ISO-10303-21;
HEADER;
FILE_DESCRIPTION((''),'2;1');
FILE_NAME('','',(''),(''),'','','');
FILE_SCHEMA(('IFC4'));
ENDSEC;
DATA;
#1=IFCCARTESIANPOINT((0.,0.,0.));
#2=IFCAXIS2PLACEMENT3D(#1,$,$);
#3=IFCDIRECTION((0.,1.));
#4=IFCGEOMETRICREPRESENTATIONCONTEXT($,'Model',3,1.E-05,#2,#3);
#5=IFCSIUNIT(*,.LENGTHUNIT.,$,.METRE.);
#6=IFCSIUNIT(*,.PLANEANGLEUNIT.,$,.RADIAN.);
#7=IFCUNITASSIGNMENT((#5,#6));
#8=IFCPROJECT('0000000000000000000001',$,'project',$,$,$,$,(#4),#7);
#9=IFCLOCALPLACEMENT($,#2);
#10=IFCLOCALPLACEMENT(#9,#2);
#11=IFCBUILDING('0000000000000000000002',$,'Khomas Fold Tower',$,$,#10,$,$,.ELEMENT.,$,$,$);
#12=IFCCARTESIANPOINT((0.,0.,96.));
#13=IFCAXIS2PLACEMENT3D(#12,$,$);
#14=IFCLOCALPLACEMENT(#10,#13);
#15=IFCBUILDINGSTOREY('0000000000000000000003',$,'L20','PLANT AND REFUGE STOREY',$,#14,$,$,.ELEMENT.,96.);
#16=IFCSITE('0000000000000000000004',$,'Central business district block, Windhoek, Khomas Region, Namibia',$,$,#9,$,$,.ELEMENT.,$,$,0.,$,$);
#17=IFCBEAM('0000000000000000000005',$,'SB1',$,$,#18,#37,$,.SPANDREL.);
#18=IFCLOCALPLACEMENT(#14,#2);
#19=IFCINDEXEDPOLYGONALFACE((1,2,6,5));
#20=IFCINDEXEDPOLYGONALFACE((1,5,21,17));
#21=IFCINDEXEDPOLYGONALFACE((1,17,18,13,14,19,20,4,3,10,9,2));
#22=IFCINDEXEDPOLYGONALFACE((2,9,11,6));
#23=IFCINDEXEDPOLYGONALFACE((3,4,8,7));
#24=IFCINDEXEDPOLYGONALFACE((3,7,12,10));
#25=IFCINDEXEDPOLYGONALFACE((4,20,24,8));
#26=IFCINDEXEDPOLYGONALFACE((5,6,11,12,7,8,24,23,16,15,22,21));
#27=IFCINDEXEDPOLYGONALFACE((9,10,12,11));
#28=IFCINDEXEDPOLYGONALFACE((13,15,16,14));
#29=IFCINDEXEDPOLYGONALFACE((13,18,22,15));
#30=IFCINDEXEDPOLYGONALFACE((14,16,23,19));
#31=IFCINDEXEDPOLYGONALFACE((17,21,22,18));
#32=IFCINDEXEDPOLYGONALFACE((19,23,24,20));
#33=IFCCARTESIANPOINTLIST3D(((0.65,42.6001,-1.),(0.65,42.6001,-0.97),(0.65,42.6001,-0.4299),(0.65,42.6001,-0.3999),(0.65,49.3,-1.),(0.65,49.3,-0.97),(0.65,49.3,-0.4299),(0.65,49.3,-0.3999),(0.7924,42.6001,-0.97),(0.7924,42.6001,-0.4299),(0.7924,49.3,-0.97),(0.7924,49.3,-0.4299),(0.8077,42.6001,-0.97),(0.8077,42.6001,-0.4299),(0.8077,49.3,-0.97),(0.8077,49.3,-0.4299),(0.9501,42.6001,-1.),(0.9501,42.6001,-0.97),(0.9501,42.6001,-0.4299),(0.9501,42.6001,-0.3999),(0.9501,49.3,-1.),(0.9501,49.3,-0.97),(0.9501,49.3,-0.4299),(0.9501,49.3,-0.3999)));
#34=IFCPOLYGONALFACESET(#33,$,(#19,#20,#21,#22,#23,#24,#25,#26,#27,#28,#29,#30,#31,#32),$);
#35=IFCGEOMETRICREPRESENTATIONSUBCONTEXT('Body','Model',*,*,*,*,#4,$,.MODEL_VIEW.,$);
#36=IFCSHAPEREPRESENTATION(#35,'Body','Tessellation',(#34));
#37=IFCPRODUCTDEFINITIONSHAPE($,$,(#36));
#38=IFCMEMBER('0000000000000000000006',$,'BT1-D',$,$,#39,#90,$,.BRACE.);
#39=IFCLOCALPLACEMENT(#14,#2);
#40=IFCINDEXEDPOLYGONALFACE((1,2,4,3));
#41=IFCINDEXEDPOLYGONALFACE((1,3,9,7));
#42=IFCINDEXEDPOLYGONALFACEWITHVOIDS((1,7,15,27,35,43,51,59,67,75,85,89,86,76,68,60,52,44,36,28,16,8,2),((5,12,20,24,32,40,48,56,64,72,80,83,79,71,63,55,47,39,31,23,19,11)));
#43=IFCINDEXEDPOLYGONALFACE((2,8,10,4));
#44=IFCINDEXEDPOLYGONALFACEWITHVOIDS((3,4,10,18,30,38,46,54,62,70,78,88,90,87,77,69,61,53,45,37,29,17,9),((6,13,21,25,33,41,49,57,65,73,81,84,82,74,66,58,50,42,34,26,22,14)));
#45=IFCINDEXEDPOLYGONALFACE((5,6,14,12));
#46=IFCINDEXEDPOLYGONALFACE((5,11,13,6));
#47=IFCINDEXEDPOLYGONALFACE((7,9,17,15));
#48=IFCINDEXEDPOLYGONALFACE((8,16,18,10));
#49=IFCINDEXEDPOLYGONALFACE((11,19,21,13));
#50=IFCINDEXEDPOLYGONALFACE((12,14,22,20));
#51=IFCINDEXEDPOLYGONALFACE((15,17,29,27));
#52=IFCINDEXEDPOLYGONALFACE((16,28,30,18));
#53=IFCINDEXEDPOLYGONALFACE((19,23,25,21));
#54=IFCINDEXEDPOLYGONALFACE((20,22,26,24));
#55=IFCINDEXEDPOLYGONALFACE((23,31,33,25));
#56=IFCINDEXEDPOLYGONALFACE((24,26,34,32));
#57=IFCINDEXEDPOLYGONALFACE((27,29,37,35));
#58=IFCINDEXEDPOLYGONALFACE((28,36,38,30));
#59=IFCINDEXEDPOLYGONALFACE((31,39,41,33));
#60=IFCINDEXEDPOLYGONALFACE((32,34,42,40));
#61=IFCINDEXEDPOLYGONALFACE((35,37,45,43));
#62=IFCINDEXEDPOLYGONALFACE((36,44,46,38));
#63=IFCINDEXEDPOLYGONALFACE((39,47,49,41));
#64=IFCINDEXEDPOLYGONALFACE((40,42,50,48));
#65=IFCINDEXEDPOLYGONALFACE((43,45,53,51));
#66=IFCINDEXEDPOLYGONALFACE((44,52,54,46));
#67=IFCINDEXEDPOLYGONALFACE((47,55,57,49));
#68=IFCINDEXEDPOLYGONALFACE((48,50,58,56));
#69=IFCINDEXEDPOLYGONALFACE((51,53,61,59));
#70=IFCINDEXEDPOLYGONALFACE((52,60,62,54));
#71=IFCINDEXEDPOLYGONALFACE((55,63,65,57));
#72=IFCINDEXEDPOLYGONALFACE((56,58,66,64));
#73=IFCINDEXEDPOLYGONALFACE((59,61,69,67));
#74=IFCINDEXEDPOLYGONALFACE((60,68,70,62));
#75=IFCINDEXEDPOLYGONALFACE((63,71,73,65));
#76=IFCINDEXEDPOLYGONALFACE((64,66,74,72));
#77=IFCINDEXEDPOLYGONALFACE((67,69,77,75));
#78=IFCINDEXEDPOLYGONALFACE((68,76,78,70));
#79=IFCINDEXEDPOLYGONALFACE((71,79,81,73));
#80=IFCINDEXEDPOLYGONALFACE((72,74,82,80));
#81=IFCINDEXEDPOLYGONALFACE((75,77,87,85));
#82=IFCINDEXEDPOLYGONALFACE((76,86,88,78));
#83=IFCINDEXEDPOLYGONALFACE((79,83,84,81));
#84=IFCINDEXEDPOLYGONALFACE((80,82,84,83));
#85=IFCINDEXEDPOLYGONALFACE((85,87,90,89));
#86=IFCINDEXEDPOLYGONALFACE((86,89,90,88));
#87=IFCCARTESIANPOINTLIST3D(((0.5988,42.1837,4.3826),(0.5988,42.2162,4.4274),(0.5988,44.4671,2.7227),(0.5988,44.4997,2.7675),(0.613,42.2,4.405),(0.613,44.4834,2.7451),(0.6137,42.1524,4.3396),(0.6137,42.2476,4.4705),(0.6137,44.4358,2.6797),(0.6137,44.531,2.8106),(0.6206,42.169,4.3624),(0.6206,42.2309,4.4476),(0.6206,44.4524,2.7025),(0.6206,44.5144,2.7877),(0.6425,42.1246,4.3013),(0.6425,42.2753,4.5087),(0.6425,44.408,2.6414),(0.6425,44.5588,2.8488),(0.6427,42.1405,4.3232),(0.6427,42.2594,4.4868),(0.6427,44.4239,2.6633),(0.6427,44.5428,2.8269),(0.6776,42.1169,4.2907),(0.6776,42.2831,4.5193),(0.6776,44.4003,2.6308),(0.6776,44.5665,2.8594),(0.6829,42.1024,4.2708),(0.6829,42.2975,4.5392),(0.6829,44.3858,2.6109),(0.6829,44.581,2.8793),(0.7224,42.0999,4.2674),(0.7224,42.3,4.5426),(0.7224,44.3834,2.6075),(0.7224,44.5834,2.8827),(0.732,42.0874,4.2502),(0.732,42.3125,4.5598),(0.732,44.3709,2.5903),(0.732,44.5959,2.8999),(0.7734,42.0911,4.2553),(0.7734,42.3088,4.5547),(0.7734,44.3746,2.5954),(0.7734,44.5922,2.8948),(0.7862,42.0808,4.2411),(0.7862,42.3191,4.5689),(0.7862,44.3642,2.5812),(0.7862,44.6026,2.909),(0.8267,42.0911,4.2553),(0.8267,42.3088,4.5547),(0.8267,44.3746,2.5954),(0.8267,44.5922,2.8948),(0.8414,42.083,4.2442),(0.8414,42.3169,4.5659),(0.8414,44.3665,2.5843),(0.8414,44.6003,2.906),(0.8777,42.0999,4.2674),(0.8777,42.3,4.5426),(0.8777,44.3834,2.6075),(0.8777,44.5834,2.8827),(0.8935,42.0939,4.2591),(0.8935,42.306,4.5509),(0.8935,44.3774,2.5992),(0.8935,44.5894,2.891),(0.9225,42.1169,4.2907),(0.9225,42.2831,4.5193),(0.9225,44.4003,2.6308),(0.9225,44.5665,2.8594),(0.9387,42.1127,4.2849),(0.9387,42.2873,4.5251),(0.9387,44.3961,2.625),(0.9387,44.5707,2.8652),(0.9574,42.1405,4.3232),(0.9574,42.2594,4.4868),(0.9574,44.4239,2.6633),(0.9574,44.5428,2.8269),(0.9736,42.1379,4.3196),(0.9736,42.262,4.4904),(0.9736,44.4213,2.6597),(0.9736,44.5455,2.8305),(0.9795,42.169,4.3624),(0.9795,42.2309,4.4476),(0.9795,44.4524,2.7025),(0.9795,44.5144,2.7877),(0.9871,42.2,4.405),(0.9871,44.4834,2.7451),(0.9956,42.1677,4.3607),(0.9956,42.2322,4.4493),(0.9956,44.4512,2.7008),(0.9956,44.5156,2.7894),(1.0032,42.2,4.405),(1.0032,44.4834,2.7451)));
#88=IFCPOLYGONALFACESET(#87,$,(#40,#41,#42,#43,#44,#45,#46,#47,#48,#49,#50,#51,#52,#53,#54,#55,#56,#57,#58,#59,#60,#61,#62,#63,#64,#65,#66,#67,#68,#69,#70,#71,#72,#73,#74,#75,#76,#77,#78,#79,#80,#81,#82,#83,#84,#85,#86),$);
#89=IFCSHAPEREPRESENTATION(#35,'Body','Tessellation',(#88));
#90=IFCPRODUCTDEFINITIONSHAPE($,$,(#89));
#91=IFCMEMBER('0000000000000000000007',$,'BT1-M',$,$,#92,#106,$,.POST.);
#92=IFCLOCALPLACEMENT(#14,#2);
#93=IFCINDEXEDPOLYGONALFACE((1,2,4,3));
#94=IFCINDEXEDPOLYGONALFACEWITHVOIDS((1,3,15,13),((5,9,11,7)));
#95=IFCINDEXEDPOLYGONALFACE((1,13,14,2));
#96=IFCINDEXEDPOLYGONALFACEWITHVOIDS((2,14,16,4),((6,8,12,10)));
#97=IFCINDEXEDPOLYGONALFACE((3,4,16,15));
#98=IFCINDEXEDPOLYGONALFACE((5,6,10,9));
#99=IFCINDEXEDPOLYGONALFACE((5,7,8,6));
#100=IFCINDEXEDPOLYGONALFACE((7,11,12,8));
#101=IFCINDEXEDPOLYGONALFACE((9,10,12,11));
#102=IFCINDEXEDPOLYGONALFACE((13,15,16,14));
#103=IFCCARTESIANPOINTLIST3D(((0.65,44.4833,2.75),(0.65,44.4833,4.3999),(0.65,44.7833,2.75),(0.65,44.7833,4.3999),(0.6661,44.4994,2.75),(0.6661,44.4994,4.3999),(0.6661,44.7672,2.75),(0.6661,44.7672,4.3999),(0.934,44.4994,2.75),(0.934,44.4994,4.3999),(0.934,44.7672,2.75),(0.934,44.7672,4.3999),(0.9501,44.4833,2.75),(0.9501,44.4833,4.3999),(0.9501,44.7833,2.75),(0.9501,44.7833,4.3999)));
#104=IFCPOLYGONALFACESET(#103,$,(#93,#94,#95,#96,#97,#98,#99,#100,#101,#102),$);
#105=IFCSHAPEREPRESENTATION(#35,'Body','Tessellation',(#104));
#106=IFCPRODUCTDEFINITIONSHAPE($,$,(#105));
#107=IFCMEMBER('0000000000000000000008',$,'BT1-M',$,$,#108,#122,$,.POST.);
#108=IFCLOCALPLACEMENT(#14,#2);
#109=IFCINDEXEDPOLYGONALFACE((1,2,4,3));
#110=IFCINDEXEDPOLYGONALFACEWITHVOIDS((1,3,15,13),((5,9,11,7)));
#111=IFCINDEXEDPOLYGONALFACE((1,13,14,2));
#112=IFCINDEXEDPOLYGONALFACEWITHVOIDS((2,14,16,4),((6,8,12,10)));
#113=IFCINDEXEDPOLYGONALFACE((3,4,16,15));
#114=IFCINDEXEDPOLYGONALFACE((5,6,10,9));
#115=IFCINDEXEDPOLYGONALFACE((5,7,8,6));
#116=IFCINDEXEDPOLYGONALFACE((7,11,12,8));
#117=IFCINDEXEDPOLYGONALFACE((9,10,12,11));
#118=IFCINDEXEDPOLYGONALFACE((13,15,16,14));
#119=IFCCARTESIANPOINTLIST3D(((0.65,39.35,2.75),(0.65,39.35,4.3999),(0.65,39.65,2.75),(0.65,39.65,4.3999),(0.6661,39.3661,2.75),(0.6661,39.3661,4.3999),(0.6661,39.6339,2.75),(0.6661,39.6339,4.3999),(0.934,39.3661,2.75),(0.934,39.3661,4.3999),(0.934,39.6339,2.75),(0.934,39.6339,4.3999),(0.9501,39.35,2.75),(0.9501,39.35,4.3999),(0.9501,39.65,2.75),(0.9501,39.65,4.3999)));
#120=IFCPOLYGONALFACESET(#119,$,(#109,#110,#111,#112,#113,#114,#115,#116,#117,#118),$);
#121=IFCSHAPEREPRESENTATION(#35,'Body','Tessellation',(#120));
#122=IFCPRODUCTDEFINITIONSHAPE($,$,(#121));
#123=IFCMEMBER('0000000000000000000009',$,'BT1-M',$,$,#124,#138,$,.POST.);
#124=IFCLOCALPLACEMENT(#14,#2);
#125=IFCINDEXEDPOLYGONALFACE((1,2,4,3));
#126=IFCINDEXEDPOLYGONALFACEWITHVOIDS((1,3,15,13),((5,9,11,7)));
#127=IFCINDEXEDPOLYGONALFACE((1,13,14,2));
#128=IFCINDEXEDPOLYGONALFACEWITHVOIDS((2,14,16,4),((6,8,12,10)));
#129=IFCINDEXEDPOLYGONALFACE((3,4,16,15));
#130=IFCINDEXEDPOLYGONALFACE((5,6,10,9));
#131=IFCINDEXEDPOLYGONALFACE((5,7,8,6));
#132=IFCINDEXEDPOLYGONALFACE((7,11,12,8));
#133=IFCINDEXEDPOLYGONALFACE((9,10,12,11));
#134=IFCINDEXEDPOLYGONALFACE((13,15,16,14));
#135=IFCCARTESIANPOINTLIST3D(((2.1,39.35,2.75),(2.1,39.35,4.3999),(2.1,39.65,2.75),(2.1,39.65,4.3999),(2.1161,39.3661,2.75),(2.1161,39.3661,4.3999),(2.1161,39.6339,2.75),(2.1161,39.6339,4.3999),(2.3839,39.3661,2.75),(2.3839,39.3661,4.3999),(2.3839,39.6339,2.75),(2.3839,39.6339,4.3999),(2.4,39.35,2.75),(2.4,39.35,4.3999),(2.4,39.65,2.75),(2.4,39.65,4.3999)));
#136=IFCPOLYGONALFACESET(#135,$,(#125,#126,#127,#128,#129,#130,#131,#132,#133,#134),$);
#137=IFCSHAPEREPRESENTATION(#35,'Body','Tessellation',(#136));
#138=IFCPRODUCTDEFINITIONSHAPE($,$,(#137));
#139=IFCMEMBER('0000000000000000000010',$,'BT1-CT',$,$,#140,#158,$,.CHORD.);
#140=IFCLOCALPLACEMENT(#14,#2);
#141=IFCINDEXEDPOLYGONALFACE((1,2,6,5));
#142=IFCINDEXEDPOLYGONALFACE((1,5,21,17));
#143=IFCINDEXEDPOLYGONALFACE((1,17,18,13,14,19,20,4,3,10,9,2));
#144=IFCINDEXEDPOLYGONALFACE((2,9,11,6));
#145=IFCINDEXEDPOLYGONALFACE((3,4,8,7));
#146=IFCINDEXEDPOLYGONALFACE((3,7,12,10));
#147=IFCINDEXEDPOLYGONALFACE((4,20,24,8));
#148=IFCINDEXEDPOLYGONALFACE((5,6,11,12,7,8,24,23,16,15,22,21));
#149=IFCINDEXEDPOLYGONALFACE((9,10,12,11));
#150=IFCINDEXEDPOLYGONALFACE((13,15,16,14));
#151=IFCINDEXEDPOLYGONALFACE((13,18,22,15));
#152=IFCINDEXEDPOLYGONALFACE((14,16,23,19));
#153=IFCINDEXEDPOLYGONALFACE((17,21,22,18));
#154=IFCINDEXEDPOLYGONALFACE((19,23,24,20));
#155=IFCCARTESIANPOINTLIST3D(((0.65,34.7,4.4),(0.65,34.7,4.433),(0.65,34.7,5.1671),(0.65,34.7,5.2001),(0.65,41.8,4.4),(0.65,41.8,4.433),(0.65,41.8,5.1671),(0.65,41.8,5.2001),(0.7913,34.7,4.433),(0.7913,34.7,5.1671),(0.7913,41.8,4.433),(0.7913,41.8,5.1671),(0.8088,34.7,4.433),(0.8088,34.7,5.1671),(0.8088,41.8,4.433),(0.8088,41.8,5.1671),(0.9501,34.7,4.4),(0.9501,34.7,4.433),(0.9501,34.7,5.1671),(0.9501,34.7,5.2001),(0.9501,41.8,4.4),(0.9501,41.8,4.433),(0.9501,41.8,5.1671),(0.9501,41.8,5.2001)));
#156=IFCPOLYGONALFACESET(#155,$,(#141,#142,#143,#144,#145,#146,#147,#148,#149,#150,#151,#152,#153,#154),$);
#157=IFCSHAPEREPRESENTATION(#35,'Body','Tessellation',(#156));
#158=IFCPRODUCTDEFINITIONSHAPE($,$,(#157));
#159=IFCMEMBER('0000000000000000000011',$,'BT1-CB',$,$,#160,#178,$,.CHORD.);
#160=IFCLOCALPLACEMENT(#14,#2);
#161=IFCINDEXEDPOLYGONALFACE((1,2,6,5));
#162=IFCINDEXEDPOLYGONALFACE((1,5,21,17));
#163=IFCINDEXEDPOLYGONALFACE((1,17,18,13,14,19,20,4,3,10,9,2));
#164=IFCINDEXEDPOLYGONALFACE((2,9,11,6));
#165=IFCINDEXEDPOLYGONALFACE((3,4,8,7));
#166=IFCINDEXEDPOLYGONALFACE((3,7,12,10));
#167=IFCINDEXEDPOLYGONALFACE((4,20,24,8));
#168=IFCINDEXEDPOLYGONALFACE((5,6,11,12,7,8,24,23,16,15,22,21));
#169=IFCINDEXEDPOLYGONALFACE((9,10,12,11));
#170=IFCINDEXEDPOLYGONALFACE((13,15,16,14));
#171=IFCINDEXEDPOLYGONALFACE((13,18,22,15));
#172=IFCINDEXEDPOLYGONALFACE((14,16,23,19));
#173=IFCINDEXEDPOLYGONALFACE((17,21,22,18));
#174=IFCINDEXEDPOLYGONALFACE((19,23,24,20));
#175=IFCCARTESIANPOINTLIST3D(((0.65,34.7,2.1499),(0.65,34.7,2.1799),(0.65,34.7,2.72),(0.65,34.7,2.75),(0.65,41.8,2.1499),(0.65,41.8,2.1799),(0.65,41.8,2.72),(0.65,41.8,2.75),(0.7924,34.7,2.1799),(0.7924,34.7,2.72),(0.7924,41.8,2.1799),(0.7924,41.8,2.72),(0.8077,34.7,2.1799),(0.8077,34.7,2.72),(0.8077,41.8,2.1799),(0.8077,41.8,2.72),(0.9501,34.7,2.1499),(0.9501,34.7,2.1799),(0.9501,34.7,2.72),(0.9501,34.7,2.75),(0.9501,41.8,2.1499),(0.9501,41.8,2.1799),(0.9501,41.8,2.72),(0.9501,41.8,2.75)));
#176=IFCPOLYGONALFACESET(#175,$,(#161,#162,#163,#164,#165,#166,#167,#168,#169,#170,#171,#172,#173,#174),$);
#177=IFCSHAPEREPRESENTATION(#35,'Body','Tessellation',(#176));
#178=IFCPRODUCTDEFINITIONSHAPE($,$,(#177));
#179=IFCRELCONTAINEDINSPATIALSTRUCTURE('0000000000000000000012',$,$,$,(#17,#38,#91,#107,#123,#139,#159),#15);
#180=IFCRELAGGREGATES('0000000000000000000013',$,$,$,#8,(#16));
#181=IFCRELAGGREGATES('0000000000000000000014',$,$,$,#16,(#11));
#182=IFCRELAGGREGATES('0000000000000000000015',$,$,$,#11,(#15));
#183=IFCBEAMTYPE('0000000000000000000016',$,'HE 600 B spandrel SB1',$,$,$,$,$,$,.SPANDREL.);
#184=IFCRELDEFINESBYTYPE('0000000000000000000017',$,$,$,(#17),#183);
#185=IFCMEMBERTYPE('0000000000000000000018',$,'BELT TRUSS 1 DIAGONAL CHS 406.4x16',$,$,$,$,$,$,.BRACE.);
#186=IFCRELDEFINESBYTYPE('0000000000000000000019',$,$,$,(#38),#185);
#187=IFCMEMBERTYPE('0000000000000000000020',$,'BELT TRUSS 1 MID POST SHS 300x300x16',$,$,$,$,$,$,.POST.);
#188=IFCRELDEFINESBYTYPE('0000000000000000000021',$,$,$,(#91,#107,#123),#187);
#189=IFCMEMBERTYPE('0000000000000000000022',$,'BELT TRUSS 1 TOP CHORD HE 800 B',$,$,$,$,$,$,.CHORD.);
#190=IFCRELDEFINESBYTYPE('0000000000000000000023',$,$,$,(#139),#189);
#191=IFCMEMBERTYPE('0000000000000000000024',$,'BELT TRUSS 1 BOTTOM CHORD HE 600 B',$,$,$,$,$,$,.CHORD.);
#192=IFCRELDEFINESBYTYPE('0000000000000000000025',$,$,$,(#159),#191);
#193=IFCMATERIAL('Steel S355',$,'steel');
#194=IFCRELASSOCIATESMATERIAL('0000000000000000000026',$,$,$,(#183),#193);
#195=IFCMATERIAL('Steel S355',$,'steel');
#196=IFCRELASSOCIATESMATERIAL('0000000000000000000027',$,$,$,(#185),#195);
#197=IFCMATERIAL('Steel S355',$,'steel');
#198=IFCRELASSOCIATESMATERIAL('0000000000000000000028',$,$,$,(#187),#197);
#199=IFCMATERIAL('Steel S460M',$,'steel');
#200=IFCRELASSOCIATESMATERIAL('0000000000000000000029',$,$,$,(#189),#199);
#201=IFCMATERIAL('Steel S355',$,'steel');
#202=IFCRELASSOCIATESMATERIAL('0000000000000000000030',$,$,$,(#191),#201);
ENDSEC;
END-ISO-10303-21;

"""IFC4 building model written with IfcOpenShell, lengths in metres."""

from ifc_helpers import new_model, si_unit, direction, frame, origin, origin_2d, place, context, subcontext, project, spatial, hollow_rectangle, hollow_circle, i_section, extrude, source, transform, mapped, material, material_profile, profile_set, type_object, element, save


model = new_model("IFC4")

# Units and contexts
model_context = context("Model", 3, precision=1e-05, world=origin(), true_north=direction((0.0, 1.0)))
body_context = subcontext(model_context, "Body", "Model", "MODEL_VIEW")
ifc_project = project(units=[si_unit("LENGTHUNIT", "METRE"), si_unit("PLANEANGLEUNIT", "RADIAN")], contexts=[model_context])

# Site, building, storey
site_placement = place(None, origin())
site = spatial("IfcSite", under=ifc_project, at=site_placement, Name="Central business district block, Windhoek, Khomas Region, Namibia", CompositionType="ELEMENT", RefElevation=0.0)
building_placement = place(site_placement, origin())
building = spatial("IfcBuilding", under=site, at=building_placement, Name="Khomas Fold Tower", CompositionType="ELEMENT")
storey_placement = place(building_placement, frame((0.0, 0.0, 96.0)))
storey = spatial("IfcBuildingStorey", under=building, at=storey_placement, Name="L20", Description="PLANT AND REFUGE STOREY", CompositionType="ELEMENT", Elevation=96.0)

# Beam
ifc_material_1 = material(Name="Steel S355", Category="steel")
ifc_material_profile_1 = material_profile(ifc_material_1, i_section(OverallWidth=0.3, OverallDepth=0.6001, WebThickness=0.0154, FlangeThickness=0.03, at=origin_2d()), Name="HE 600 B")
ifc_profile_set_1 = profile_set([ifc_material_profile_1], Name="Steel S355")
beam_type_1 = type_object("IfcBeamType", Name="HE 600 B spandrel SB1", PredefinedType="SPANDREL", material=ifc_profile_set_1)
shared_shape_1 = source(origin(), body_context, "Body", "SweptSolid", [
    extrude(i_section(OverallWidth=0.3, OverallDepth=0.6001, WebThickness=0.0154, FlangeThickness=0.03, at=origin_2d()), origin(), (0.0, 0.0, 1.0), 6.7),
])
beam_1_placement = place(storey_placement, frame((0.8, 42.6001, -0.7), z_axis=(0.0, 1.0, 0.0), x_axis=(-1.0, 0.0, 0.0)))
element("IfcBeam", 1, at=beam_1_placement, inside=storey, type_object=beam_type_1, Name="SB1", PredefinedType="SPANDREL", context=body_context, shape_type="MappedRepresentation", body=[
    mapped(shared_shape_1, transform((0.0, 0.0, 0.0))),
])

# Members
ifc_material_2 = material(Name="Steel S355", Category="steel")
ifc_material_profile_2 = material_profile(ifc_material_2, hollow_circle(Radius=0.2031, WallThickness=0.0161, at=origin_2d()), Name="CHS 406.4x16")
ifc_profile_set_2 = profile_set([ifc_material_profile_2], Name="Steel S355")
member_type_1 = type_object("IfcMemberType", Name="BELT TRUSS 1 DIAGONAL CHS 406.4x16", PredefinedType="BRACE", material=ifc_profile_set_2)
shared_shape_2 = source(origin(), body_context, "Body", "SweptSolid", [
    extrude(hollow_circle(Radius=0.2031, WallThickness=0.0161, at=origin_2d()), origin(), (0.0, 0.0, 1.0), 2.823),
])
member_1_placement = place(storey_placement, frame((0.8, 44.4834, 2.7451), z_axis=(0.0, -0.808867, 0.587992), x_axis=(1.0, 0.0, 0.0)))
element("IfcMember", 2, at=member_1_placement, inside=storey, type_object=member_type_1, Name="BT1-D", PredefinedType="BRACE", context=body_context, shape_type="MappedRepresentation", body=[
    mapped(shared_shape_2, transform((0.0, 0.0, 0.0))),
])
ifc_material_3 = material(Name="Steel S355", Category="steel")
ifc_material_profile_3 = material_profile(ifc_material_3, hollow_rectangle(XDim=0.3, YDim=0.3, WallThickness=0.0161, at=origin_2d()), Name="SHS 300x300x16")
ifc_profile_set_3 = profile_set([ifc_material_profile_3], Name="Steel S355")
member_type_2 = type_object("IfcMemberType", Name="BELT TRUSS 1 MID POST SHS 300x300x16", PredefinedType="POST", material=ifc_profile_set_3)
shared_shape_3 = source(origin(), body_context, "Body", "SweptSolid", [
    extrude(hollow_rectangle(XDim=0.3, YDim=0.3, WallThickness=0.0161, at=origin_2d()), origin(), (0.0, 0.0, 1.0), 1.6499),
])
for number, where, z_axis, x_axis, name in (
    (3, (0.8, 44.6333, 2.75), (0.0, 0.0, 1.0), (1.0, 0.0, 0.0), "BT1-M"),
    (4, (0.8, 39.5, 2.75), (0.0, 0.0, 1.0), (1.0, 0.0, 0.0), "BT1-M"),
    (5, (2.25, 39.5, 2.75), (0.0, 0.0, 1.0), (1.0, 0.0, 0.0), "BT1-M"),
):
    element("IfcMember", number, at=place(storey_placement, frame(where, z_axis=z_axis, x_axis=x_axis)), inside=storey, type_object=member_type_2, Name=name, PredefinedType="POST", context=body_context, shape_type="MappedRepresentation", body=[
        mapped(shared_shape_3, transform((0.0, 0.0, 0.0))),
    ])
ifc_material_4 = material(Name="Steel S460M", Category="steel")
ifc_material_profile_4 = material_profile(ifc_material_4, i_section(OverallWidth=0.3, OverallDepth=0.8, WebThickness=0.0176, FlangeThickness=0.033, at=origin_2d()), Name="HE 800 B")
ifc_profile_set_4 = profile_set([ifc_material_profile_4], Name="Steel S460M")
member_type_3 = type_object("IfcMemberType", Name="BELT TRUSS 1 TOP CHORD HE 800 B", PredefinedType="CHORD", material=ifc_profile_set_4)
shared_shape_4 = source(origin(), body_context, "Body", "SweptSolid", [
    extrude(i_section(OverallWidth=0.3, OverallDepth=0.8, WebThickness=0.0176, FlangeThickness=0.033, at=origin_2d()), origin(), (0.0, 0.0, 1.0), 7.1001),
])
member_2_placement = place(storey_placement, frame((0.8, 41.8, 4.8), z_axis=(0.0, -1.0, 0.0), x_axis=(1.0, 0.0, 0.0)))
element("IfcMember", 6, at=member_2_placement, inside=storey, type_object=member_type_3, Name="BT1-CT", PredefinedType="CHORD", context=body_context, shape_type="MappedRepresentation", body=[
    mapped(shared_shape_4, transform((0.0, 0.0, 0.0))),
])
ifc_material_5 = material(Name="Steel S355", Category="steel")
ifc_material_profile_5 = material_profile(ifc_material_5, i_section(OverallWidth=0.3, OverallDepth=0.6001, WebThickness=0.0154, FlangeThickness=0.03, at=origin_2d()), Name="HE 600 B")
ifc_profile_set_5 = profile_set([ifc_material_profile_5], Name="Steel S355")
member_type_4 = type_object("IfcMemberType", Name="BELT TRUSS 1 BOTTOM CHORD HE 600 B", PredefinedType="CHORD", material=ifc_profile_set_5)
shared_shape_5 = source(origin(), body_context, "Body", "SweptSolid", [
    extrude(i_section(OverallWidth=0.3, OverallDepth=0.6001, WebThickness=0.0154, FlangeThickness=0.03, at=origin_2d()), origin(), (0.0, 0.0, 1.0), 7.1001),
])
member_3_placement = place(storey_placement, frame((0.8, 41.8, 2.45), z_axis=(0.0, -1.0, 0.0), x_axis=(1.0, 0.0, 0.0)))
element("IfcMember", 7, at=member_3_placement, inside=storey, type_object=member_type_4, Name="BT1-CB", PredefinedType="CHORD", context=body_context, shape_type="MappedRepresentation", body=[
    mapped(shared_shape_5, transform((0.0, 0.0, 0.0))),
])

save(model, "model.ifc")
